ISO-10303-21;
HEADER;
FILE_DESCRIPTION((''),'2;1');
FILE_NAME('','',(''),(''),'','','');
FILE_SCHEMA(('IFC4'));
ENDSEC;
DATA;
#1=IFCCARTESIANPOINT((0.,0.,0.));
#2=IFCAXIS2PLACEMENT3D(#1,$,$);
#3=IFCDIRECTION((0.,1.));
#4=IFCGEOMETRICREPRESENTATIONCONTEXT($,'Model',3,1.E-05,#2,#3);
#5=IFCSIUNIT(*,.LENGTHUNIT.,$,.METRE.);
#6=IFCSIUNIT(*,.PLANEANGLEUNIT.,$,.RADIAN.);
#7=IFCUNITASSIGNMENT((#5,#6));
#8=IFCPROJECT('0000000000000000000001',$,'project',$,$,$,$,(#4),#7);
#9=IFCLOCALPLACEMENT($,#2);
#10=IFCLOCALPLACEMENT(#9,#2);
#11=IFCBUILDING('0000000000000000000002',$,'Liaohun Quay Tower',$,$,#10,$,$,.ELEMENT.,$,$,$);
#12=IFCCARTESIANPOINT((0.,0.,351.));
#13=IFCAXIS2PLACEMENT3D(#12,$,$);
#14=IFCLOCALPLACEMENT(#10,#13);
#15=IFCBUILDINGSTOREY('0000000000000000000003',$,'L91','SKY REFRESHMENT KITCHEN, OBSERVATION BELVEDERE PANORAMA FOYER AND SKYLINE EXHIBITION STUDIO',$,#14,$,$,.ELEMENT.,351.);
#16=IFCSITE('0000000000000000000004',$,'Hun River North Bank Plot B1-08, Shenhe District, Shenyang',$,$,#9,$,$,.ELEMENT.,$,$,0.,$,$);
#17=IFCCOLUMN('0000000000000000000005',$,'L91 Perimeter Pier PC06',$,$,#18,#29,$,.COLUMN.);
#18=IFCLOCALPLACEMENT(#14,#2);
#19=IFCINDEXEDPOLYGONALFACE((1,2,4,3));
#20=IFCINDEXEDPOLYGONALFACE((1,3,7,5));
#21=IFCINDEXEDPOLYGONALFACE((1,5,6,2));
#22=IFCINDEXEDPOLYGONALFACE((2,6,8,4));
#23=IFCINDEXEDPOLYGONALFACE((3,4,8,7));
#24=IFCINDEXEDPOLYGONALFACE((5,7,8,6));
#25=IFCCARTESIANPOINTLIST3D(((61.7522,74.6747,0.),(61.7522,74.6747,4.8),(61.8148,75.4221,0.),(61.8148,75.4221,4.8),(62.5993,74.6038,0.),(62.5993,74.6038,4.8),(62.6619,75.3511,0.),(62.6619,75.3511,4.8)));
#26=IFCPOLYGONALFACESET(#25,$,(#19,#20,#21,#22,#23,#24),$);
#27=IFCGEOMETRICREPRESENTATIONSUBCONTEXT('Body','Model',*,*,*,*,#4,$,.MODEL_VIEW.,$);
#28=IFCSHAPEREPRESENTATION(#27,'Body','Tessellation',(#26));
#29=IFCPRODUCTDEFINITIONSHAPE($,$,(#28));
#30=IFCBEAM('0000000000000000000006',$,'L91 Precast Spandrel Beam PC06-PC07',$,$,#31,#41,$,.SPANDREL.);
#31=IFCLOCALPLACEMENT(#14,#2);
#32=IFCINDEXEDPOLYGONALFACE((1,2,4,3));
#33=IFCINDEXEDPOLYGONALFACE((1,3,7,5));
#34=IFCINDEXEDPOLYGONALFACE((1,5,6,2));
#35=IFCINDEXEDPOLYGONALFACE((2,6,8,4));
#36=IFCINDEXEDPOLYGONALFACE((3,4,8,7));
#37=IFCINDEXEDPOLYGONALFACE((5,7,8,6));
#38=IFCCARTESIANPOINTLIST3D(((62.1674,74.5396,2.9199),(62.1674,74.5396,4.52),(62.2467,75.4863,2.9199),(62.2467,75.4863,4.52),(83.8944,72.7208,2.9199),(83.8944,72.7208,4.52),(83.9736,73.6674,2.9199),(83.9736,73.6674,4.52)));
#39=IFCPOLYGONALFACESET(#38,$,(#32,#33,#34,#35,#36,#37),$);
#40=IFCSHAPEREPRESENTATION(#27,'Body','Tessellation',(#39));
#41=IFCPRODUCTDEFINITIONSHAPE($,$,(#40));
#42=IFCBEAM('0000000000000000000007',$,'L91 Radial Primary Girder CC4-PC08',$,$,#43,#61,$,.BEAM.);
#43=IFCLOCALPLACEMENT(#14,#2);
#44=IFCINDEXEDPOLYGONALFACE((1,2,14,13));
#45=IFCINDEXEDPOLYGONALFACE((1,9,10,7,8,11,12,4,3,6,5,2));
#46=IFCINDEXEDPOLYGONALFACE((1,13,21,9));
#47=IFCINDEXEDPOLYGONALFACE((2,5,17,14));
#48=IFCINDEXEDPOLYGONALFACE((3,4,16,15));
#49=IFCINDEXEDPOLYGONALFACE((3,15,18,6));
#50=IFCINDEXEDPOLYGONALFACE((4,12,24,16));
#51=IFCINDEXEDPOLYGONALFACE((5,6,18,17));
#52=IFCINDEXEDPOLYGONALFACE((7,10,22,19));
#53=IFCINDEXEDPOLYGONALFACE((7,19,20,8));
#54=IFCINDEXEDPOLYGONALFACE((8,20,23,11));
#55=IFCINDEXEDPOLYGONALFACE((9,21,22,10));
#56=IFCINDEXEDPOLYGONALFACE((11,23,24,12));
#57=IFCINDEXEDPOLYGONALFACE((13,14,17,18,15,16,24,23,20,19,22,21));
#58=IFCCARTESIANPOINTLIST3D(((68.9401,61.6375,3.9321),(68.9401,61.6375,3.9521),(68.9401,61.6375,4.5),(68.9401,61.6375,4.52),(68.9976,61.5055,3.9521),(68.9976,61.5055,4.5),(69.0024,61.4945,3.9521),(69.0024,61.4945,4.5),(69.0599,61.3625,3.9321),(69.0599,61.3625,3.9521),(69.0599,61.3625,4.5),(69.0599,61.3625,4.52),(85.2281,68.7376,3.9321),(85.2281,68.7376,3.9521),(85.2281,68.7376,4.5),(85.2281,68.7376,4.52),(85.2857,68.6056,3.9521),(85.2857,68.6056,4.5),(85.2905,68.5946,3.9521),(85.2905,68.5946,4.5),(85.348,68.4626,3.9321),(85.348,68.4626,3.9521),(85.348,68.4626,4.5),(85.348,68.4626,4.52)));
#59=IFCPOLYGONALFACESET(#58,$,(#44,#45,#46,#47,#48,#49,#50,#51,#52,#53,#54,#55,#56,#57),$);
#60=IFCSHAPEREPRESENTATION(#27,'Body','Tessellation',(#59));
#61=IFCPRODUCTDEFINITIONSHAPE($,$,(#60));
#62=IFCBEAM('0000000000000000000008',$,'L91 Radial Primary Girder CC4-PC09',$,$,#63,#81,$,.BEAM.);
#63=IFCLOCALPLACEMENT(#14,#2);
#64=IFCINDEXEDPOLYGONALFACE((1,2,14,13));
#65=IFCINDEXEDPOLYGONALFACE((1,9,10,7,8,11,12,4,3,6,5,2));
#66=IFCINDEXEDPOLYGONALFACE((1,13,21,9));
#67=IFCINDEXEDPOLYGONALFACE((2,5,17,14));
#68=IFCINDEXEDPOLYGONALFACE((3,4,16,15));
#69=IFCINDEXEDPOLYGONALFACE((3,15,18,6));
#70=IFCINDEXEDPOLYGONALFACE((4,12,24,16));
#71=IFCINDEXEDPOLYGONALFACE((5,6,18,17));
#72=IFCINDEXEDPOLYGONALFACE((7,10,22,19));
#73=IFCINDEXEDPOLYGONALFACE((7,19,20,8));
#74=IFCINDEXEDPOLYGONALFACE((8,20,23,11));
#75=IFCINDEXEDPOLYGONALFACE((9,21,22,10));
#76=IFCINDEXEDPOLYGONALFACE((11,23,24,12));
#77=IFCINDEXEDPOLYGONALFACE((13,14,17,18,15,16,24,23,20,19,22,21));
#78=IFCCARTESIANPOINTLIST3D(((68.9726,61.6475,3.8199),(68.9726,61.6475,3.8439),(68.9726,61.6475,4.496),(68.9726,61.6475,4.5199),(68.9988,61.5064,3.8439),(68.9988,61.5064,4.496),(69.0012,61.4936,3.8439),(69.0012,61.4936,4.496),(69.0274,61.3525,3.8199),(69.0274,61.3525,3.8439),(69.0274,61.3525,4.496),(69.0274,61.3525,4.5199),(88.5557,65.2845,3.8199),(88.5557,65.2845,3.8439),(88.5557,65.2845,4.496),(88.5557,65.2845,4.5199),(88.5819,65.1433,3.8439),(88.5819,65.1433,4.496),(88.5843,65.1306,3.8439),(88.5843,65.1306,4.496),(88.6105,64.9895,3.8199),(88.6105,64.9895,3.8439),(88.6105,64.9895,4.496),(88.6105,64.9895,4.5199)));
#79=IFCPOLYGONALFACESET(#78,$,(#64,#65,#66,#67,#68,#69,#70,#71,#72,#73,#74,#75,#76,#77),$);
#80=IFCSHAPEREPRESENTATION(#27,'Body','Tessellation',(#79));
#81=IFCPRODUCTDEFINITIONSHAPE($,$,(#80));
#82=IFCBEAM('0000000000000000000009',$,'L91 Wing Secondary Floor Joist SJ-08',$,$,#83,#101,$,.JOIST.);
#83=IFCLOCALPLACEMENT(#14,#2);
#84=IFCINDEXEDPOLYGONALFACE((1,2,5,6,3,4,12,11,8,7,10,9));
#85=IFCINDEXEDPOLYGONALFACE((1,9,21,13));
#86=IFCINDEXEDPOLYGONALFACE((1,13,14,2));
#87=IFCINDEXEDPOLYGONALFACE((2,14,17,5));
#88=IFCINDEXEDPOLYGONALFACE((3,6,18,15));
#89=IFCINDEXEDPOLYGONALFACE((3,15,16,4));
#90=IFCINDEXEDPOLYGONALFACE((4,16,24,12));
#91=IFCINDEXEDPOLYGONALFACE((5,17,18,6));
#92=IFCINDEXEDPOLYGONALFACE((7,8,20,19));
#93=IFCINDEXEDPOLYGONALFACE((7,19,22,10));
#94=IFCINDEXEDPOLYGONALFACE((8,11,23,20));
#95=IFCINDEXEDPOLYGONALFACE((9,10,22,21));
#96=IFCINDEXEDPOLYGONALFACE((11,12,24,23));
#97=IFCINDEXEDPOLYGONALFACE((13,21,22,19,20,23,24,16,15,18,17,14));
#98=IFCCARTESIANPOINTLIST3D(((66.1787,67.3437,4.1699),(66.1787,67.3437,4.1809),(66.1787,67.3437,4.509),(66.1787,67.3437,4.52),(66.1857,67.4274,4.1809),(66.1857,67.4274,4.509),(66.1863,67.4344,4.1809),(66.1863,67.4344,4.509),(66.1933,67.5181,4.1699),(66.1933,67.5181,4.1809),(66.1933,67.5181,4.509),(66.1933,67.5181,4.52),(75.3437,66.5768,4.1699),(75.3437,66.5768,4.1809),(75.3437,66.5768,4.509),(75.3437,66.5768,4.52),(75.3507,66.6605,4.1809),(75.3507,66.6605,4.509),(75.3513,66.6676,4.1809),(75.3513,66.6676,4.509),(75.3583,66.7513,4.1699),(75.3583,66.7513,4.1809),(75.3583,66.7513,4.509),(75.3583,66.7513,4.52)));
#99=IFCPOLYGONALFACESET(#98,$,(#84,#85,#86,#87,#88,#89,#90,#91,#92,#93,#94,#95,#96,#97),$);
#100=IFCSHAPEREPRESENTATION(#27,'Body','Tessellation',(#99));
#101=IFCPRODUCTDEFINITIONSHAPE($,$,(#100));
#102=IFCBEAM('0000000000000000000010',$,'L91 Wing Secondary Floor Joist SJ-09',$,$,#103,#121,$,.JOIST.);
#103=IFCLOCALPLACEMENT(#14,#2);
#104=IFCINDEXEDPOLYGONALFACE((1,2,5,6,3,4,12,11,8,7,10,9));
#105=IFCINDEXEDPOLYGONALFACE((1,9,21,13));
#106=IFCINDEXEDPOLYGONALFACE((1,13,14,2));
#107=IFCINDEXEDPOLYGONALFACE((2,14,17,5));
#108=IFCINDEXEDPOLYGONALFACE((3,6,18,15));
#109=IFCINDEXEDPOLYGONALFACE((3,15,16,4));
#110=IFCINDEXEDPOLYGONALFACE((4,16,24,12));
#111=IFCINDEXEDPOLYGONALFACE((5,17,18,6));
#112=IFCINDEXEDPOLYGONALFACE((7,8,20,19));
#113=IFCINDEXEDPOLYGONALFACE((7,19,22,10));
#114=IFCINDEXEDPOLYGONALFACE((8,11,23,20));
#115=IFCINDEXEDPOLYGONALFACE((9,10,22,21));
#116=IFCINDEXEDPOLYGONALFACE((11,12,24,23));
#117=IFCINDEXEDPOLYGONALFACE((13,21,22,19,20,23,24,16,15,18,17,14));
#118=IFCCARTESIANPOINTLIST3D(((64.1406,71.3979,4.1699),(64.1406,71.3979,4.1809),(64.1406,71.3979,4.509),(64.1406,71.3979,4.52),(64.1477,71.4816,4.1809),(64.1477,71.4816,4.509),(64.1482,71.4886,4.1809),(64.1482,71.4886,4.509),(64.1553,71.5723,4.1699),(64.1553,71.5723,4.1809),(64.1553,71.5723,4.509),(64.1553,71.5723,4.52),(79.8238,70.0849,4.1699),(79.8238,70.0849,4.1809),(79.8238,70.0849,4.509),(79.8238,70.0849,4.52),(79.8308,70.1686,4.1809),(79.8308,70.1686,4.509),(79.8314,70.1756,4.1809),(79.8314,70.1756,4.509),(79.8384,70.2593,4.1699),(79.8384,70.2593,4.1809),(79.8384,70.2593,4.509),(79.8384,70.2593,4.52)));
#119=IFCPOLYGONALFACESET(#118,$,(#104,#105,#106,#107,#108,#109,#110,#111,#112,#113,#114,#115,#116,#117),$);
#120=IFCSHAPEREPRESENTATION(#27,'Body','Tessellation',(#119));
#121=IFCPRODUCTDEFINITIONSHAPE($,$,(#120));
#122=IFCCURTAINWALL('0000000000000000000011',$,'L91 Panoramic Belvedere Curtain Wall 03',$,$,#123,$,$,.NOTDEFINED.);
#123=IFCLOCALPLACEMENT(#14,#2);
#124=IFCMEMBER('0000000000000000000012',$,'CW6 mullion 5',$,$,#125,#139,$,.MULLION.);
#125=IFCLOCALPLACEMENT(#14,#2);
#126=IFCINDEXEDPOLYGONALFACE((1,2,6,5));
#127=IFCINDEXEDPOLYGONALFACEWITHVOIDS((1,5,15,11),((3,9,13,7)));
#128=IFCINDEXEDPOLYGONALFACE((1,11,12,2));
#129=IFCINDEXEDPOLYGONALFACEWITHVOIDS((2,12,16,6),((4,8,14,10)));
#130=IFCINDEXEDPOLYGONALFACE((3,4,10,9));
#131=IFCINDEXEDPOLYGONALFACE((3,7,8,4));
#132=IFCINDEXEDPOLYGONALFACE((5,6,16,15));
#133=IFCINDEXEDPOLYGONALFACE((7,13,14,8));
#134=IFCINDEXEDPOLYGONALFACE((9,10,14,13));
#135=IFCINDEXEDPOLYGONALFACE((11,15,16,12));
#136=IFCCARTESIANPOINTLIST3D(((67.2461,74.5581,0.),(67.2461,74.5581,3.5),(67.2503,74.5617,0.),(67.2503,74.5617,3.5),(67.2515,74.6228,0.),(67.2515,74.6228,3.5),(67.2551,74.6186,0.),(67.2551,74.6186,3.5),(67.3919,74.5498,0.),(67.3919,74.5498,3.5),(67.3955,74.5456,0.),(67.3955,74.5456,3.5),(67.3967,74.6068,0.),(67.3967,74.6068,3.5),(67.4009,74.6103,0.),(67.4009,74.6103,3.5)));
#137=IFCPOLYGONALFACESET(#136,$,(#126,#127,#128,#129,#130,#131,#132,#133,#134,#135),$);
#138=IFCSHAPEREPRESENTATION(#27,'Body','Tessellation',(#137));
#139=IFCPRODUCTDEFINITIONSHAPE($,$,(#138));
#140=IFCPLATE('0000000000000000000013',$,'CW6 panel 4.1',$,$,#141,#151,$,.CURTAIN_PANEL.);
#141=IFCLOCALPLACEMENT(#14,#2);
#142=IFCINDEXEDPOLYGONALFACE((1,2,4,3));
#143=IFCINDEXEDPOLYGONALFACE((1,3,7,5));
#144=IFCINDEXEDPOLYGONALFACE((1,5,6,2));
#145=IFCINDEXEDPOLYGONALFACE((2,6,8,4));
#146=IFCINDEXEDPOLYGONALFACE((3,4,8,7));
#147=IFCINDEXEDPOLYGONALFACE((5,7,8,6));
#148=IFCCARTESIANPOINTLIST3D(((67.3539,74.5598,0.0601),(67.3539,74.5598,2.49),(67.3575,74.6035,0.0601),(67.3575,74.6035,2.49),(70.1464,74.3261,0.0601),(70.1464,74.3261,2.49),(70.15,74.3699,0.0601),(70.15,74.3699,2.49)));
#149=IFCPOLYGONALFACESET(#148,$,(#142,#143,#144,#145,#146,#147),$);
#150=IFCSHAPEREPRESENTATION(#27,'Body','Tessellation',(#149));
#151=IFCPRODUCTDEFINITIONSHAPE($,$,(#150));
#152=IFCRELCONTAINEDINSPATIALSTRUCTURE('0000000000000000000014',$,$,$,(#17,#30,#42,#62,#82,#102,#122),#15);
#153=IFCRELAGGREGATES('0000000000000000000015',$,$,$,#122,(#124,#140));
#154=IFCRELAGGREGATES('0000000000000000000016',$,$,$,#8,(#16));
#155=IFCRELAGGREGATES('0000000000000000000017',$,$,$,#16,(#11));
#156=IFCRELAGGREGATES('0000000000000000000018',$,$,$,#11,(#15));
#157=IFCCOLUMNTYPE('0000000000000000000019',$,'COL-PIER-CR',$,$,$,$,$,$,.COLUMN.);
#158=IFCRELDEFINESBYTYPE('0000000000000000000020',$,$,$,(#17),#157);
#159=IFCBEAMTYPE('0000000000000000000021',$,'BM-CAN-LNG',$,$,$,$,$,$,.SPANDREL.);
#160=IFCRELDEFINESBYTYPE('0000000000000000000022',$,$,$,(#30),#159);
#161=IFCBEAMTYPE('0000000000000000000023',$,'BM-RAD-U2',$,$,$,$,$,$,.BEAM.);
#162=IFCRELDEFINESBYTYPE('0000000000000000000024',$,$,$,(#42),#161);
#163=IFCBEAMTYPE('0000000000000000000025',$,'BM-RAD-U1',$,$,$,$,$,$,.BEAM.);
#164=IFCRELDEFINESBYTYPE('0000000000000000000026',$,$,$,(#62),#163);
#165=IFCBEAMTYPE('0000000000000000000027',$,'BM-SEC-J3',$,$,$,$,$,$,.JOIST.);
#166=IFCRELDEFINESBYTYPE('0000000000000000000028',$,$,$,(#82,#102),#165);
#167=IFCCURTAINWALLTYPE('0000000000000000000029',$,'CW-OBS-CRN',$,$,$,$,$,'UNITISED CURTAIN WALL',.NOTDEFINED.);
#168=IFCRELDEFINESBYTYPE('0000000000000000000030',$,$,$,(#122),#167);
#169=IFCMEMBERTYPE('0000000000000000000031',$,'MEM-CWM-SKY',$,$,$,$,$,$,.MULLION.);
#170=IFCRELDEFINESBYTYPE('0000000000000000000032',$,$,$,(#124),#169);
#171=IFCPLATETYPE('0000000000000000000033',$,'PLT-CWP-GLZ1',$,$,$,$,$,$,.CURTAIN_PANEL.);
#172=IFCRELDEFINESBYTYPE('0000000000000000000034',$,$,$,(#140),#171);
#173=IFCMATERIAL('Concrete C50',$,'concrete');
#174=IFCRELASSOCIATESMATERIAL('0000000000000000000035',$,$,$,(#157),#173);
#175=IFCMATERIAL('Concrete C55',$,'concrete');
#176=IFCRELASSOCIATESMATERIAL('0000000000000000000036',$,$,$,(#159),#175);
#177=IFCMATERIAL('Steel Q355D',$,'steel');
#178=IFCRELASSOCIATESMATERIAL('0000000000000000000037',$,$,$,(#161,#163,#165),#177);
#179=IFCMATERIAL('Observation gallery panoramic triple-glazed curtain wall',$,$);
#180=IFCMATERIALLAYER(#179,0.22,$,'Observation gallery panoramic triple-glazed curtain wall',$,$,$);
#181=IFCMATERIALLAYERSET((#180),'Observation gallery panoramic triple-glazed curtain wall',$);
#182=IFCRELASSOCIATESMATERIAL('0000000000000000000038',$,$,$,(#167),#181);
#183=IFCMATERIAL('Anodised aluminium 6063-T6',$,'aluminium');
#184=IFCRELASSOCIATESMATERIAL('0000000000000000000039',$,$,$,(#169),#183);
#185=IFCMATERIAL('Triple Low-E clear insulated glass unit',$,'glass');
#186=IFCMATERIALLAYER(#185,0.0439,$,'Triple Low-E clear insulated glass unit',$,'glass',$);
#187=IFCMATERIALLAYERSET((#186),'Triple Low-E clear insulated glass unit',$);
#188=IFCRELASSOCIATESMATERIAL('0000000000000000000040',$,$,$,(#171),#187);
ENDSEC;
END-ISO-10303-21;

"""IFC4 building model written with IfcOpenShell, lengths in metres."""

from ifc_helpers import new_model, si_unit, direction, frame, origin, origin_2d, place, context, subcontext, project, spatial, rectangle, hollow_rectangle, i_section, extrude, source, transform, mapped, material, layer, layer_set, material_profile, profile_set, type_object, element, aggregate, save


model = new_model("IFC4")

# Units and contexts
model_context = context("Model", 3, precision=1e-05, world=origin(), true_north=direction((0.0, 1.0)))
body_context = subcontext(model_context, "Body", "Model", "MODEL_VIEW")
ifc_project = project(units=[si_unit("LENGTHUNIT", "METRE"), si_unit("PLANEANGLEUNIT", "RADIAN")], contexts=[model_context])

# Site, building, storey
site_placement = place(None, origin())
site = spatial("IfcSite", under=ifc_project, at=site_placement, Name="Hun River North Bank Plot B1-08, Shenhe District, Shenyang", CompositionType="ELEMENT", RefElevation=0.0)
building_placement = place(site_placement, origin())
building = spatial("IfcBuilding", under=site, at=building_placement, Name="Liaohun Quay Tower", CompositionType="ELEMENT")
storey_placement = place(building_placement, frame((0.0, 0.0, 351.0)))
storey = spatial("IfcBuildingStorey", under=building, at=storey_placement, Name="L91", Description="SKY REFRESHMENT KITCHEN, OBSERVATION BELVEDERE PANORAMA FOYER AND SKYLINE EXHIBITION STUDIO", CompositionType="ELEMENT", Elevation=351.0)

# Column
ifc_material_1 = material(Name="Concrete C50", Category="concrete")
ifc_material_profile_1 = material_profile(ifc_material_1, rectangle(XDim=0.8501, YDim=0.75, at=origin_2d()), Name="RC850x750")
ifc_profile_set_1 = profile_set([ifc_material_profile_1], Name="Concrete C50")
column_type = type_object("IfcColumnType", Name="COL-PIER-CR", PredefinedType="COLUMN", material=ifc_profile_set_1)
shared_shape_1 = source(origin(), body_context, "Body", "SweptSolid", [
    extrude(rectangle(XDim=0.8501, YDim=0.75, at=origin_2d()), origin(), (0.0, 0.0, 1.0), 4.8),
])
column_placement = place(storey_placement, frame((62.207, 75.0129, 0.0), z_axis=(0.0, 0.0, 1.0), x_axis=(-0.996507, 0.083504, 0.0)))
element("IfcColumn", 1, at=column_placement, inside=storey, type_object=column_type, Name="L91 Perimeter Pier PC06", PredefinedType="COLUMN", context=body_context, shape_type="MappedRepresentation", body=[
    mapped(shared_shape_1, transform((0.0, 0.0, 0.0), x_axis=(1.0, 0.0, 0.0), y_axis=(0.0, 1.0, 0.0), z_axis=(0.0, 0.0, 1.0), scale=1.0)),
])

# Beams
ifc_material_2 = material(Name="Concrete C55", Category="concrete")
ifc_material_profile_2 = material_profile(ifc_material_2, rectangle(XDim=0.95, YDim=1.6001, at=origin_2d()), Name="RC950x1600")
ifc_profile_set_2 = profile_set([ifc_material_profile_2], Name="Concrete C55")
beam_type_1 = type_object("IfcBeamType", Name="BM-CAN-LNG", PredefinedType="SPANDREL", material=ifc_profile_set_2)
shared_shape_2 = source(origin(), body_context, "Body", "SweptSolid", [
    extrude(rectangle(XDim=0.95, YDim=1.6001, at=origin_2d()), origin(), (0.0, 0.0, 1.0), 21.803),
])
beam_1_placement = place(storey_placement, frame((62.207, 75.0129, 3.72), z_axis=(0.996514, -0.083422, 0.0), x_axis=(0.083422, 0.996514, 0.0)))
element("IfcBeam", 2, at=beam_1_placement, inside=storey, type_object=beam_type_1, Name="L91 Precast Spandrel Beam PC06-PC07", PredefinedType="SPANDREL", context=body_context, shape_type="MappedRepresentation", body=[
    mapped(shared_shape_2, transform((0.0, 0.0, 0.0), x_axis=(1.0, 0.0, 0.0), y_axis=(0.0, 1.0, 0.0), z_axis=(0.0, 0.0, 1.0), scale=1.0)),
])
ifc_material_3 = material(Name="Steel Q355D", Category="steel")
ifc_material_profile_3 = material_profile(ifc_material_3, i_section(OverallWidth=0.3, OverallDepth=0.5879, WebThickness=0.012, FlangeThickness=0.02, at=origin_2d()), Name="HM588x300x12x20")
ifc_profile_set_3 = profile_set([ifc_material_profile_3], Name="Steel Q355D")
beam_type_2 = type_object("IfcBeamType", Name="BM-RAD-U2", PredefinedType="BEAM", material=ifc_profile_set_3)
shared_shape_3 = source(origin(), body_context, "Body", "SweptSolid", [
    extrude(i_section(OverallWidth=0.3, OverallDepth=0.5879, WebThickness=0.012, FlangeThickness=0.02, at=origin_2d()), origin(), (0.0, 0.0, 1.0), 17.7683),
])
beam_2_placement = place(storey_placement, frame((69.0, 61.5, 4.2261), z_axis=(0.916693, 0.399593, 0.0), x_axis=(-0.399593, 0.916693, 0.0)))
element("IfcBeam", 3, at=beam_2_placement, inside=storey, type_object=beam_type_2, Name="L91 Radial Primary Girder CC4-PC08", PredefinedType="BEAM", context=body_context, shape_type="MappedRepresentation", body=[
    mapped(shared_shape_3, transform((0.0, 0.0, 0.0), x_axis=(1.0, 0.0, 0.0), y_axis=(0.0, 1.0, 0.0), z_axis=(0.0, 0.0, 1.0), scale=1.0)),
])
ifc_material_profile_4 = material_profile(ifc_material_3, i_section(OverallWidth=0.3, OverallDepth=0.7, WebThickness=0.0129, FlangeThickness=0.0239, at=origin_2d()), Name="HN700x300x13x24")
ifc_profile_set_4 = profile_set([ifc_material_profile_4], Name="Steel Q355D")
beam_type_3 = type_object("IfcBeamType", Name="BM-RAD-U1", PredefinedType="BEAM", material=ifc_profile_set_4)
shared_shape_4 = source(origin(), body_context, "Body", "SweptSolid", [
    extrude(i_section(OverallWidth=0.3, OverallDepth=0.7, WebThickness=0.0129, FlangeThickness=0.0239, at=origin_2d()), origin(), (0.0, 0.0, 1.0), 19.918),
])
beam_3_placement = place(storey_placement, frame((69.0, 61.5, 4.1699), z_axis=(0.983188, 0.182598, 0.0), x_axis=(-0.182598, 0.983188, 0.0)))
element("IfcBeam", 4, at=beam_3_placement, inside=storey, type_object=beam_type_3, Name="L91 Radial Primary Girder CC4-PC09", PredefinedType="BEAM", context=body_context, shape_type="MappedRepresentation", body=[
    mapped(shared_shape_4, transform((0.0, 0.0, 0.0), x_axis=(1.0, 0.0, 0.0), y_axis=(0.0, 1.0, 0.0), z_axis=(0.0, 0.0, 1.0), scale=1.0)),
])
ifc_material_profile_5 = material_profile(ifc_material_3, i_section(OverallWidth=0.175, OverallDepth=0.3501, WebThickness=0.0071, FlangeThickness=0.011, at=origin_2d()), Name="HN350x175x7x11")
ifc_profile_set_5 = profile_set([ifc_material_profile_5], Name="Steel Q355D")
beam_type_4 = type_object("IfcBeamType", Name="BM-SEC-J3", PredefinedType="JOIST", material=ifc_profile_set_5)
shared_shape_5 = source(origin(), body_context, "Body", "SweptSolid", [
    extrude(i_section(OverallWidth=0.175, OverallDepth=0.3501, WebThickness=0.0071, FlangeThickness=0.011, at=origin_2d()), origin(), (0.0, 0.0, 1.0), 9.197),
])
beam_4_placement = place(storey_placement, frame((66.186, 67.4309, 4.345), z_axis=(0.996518, -0.083379, 0.0), x_axis=(0.083379, 0.996518, 0.0)))
element("IfcBeam", 5, at=beam_4_placement, inside=storey, type_object=beam_type_4, Name="L91 Wing Secondary Floor Joist SJ-08", PredefinedType="JOIST", context=body_context, shape_type="MappedRepresentation", body=[
    mapped(shared_shape_5, transform((0.0, 0.0, 0.0), x_axis=(1.0, 0.0, 0.0), y_axis=(0.0, 1.0, 0.0), z_axis=(0.0, 0.0, 1.0), scale=1.0)),
])
shared_shape_6 = source(origin(), body_context, "Body", "SweptSolid", [
    extrude(i_section(OverallWidth=0.175, OverallDepth=0.3501, WebThickness=0.0071, FlangeThickness=0.011, at=origin_2d()), origin(), (0.0, 0.0, 1.0), 15.738),
])
beam_5_placement = place(storey_placement, frame((64.1479, 71.4851, 4.345), z_axis=(0.996514, -0.083428, 0.0), x_axis=(0.083428, 0.996514, 0.0)))
element("IfcBeam", 6, at=beam_5_placement, inside=storey, type_object=beam_type_4, Name="L91 Wing Secondary Floor Joist SJ-09", PredefinedType="JOIST", context=body_context, shape_type="MappedRepresentation", body=[
    mapped(shared_shape_6, transform((0.0, 0.0, 0.0), x_axis=(1.0, 0.0, 0.0), y_axis=(0.0, 1.0, 0.0), z_axis=(0.0, 0.0, 1.0), scale=1.0)),
])

# Curtain wall, member, plate
ifc_material_4 = material(Name="Observation gallery panoramic triple-glazed curtain wall")
ifc_layer_1 = layer(ifc_material_4, 0.22, Name="Observation gallery panoramic triple-glazed curtain wall")
ifc_layer_set_1 = layer_set([ifc_layer_1], Name="Observation gallery panoramic triple-glazed curtain wall")
curtain_wall_type = type_object("IfcCurtainWallType", Name="CW-OBS-CRN", ElementType="UNITISED CURTAIN WALL", PredefinedType="NOTDEFINED", material=ifc_layer_set_1)
curtain_wall_placement = place(storey_placement, origin())
curtain_wall = element("IfcCurtainWall", 7, at=curtain_wall_placement, inside=storey, type_object=curtain_wall_type, Name="L91 Panoramic Belvedere Curtain Wall 03", PredefinedType="NOTDEFINED")
ifc_material_5 = material(Name="Anodised aluminium 6063-T6", Category="aluminium")
ifc_material_profile_6 = material_profile(ifc_material_5, hollow_rectangle(XDim=0.0649, YDim=0.1499, WallThickness=0.0039, at=origin_2d()), Name="RHS150x65x4")
ifc_profile_set_6 = profile_set([ifc_material_profile_6], Name="Anodised aluminium 6063-T6")
member_type = type_object("IfcMemberType", Name="MEM-CWM-SKY", PredefinedType="MULLION", material=ifc_profile_set_6)
shared_shape_7 = source(origin(), body_context, "Body", "SweptSolid", [
    extrude(hollow_rectangle(XDim=0.0649, YDim=0.1499, WallThickness=0.0039, at=origin_2d()), origin(), (0.0, 0.0, 1.0), 3.5),
])
member_placement = place(storey_placement, frame((67.3235, 74.5842, 0.0), z_axis=(0.0, 0.0, 1.0), x_axis=(-0.083367, -0.996519, 0.0)))
member = element("IfcMember", 8, at=member_placement, type_object=member_type, Name="CW6 mullion 5", PredefinedType="MULLION", context=body_context, shape_type="MappedRepresentation", body=[
    mapped(shared_shape_7, transform((0.0, 0.0, 0.0), x_axis=(1.0, 0.0, 0.0), y_axis=(0.0, 1.0, 0.0), z_axis=(0.0, 0.0, 1.0), scale=1.0)),
])
ifc_material_6 = material(Name="Triple Low-E clear insulated glass unit", Category="glass")
ifc_layer_2 = layer(ifc_material_6, 0.0439, Name="Triple Low-E clear insulated glass unit", Category="glass")
ifc_layer_set_2 = layer_set([ifc_layer_2], Name="Triple Low-E clear insulated glass unit")
plate_type = type_object("IfcPlateType", Name="PLT-CWP-GLZ1", PredefinedType="CURTAIN_PANEL", material=ifc_layer_set_2)
shared_shape_8 = source(origin(), body_context, "Body", "SweptSolid", [
    extrude(rectangle(XDim=2.8022, YDim=0.0439, at=origin_2d()), origin(), (0.0, 0.0, 1.0), 2.4299),
])
plate_1_placement = place(storey_placement, frame((68.752, 74.4648, 0.0601), z_axis=(0.0, 0.0, 1.0), x_axis=(-0.996519, 0.083367, 0.0)))
plate_1 = element("IfcPlate", 9, at=plate_1_placement, type_object=plate_type, Name="CW6 panel 4.1", PredefinedType="CURTAIN_PANEL", context=body_context, shape_type="MappedRepresentation", body=[
    mapped(shared_shape_8, transform((0.0, 0.0, 0.0), x_axis=(1.0, 0.0, 0.0), y_axis=(0.0, 1.0, 0.0), z_axis=(0.0, 0.0, 1.0), scale=1.0)),
])
aggregate(curtain_wall, [member, plate_1])

save(model, "model.ifc")
